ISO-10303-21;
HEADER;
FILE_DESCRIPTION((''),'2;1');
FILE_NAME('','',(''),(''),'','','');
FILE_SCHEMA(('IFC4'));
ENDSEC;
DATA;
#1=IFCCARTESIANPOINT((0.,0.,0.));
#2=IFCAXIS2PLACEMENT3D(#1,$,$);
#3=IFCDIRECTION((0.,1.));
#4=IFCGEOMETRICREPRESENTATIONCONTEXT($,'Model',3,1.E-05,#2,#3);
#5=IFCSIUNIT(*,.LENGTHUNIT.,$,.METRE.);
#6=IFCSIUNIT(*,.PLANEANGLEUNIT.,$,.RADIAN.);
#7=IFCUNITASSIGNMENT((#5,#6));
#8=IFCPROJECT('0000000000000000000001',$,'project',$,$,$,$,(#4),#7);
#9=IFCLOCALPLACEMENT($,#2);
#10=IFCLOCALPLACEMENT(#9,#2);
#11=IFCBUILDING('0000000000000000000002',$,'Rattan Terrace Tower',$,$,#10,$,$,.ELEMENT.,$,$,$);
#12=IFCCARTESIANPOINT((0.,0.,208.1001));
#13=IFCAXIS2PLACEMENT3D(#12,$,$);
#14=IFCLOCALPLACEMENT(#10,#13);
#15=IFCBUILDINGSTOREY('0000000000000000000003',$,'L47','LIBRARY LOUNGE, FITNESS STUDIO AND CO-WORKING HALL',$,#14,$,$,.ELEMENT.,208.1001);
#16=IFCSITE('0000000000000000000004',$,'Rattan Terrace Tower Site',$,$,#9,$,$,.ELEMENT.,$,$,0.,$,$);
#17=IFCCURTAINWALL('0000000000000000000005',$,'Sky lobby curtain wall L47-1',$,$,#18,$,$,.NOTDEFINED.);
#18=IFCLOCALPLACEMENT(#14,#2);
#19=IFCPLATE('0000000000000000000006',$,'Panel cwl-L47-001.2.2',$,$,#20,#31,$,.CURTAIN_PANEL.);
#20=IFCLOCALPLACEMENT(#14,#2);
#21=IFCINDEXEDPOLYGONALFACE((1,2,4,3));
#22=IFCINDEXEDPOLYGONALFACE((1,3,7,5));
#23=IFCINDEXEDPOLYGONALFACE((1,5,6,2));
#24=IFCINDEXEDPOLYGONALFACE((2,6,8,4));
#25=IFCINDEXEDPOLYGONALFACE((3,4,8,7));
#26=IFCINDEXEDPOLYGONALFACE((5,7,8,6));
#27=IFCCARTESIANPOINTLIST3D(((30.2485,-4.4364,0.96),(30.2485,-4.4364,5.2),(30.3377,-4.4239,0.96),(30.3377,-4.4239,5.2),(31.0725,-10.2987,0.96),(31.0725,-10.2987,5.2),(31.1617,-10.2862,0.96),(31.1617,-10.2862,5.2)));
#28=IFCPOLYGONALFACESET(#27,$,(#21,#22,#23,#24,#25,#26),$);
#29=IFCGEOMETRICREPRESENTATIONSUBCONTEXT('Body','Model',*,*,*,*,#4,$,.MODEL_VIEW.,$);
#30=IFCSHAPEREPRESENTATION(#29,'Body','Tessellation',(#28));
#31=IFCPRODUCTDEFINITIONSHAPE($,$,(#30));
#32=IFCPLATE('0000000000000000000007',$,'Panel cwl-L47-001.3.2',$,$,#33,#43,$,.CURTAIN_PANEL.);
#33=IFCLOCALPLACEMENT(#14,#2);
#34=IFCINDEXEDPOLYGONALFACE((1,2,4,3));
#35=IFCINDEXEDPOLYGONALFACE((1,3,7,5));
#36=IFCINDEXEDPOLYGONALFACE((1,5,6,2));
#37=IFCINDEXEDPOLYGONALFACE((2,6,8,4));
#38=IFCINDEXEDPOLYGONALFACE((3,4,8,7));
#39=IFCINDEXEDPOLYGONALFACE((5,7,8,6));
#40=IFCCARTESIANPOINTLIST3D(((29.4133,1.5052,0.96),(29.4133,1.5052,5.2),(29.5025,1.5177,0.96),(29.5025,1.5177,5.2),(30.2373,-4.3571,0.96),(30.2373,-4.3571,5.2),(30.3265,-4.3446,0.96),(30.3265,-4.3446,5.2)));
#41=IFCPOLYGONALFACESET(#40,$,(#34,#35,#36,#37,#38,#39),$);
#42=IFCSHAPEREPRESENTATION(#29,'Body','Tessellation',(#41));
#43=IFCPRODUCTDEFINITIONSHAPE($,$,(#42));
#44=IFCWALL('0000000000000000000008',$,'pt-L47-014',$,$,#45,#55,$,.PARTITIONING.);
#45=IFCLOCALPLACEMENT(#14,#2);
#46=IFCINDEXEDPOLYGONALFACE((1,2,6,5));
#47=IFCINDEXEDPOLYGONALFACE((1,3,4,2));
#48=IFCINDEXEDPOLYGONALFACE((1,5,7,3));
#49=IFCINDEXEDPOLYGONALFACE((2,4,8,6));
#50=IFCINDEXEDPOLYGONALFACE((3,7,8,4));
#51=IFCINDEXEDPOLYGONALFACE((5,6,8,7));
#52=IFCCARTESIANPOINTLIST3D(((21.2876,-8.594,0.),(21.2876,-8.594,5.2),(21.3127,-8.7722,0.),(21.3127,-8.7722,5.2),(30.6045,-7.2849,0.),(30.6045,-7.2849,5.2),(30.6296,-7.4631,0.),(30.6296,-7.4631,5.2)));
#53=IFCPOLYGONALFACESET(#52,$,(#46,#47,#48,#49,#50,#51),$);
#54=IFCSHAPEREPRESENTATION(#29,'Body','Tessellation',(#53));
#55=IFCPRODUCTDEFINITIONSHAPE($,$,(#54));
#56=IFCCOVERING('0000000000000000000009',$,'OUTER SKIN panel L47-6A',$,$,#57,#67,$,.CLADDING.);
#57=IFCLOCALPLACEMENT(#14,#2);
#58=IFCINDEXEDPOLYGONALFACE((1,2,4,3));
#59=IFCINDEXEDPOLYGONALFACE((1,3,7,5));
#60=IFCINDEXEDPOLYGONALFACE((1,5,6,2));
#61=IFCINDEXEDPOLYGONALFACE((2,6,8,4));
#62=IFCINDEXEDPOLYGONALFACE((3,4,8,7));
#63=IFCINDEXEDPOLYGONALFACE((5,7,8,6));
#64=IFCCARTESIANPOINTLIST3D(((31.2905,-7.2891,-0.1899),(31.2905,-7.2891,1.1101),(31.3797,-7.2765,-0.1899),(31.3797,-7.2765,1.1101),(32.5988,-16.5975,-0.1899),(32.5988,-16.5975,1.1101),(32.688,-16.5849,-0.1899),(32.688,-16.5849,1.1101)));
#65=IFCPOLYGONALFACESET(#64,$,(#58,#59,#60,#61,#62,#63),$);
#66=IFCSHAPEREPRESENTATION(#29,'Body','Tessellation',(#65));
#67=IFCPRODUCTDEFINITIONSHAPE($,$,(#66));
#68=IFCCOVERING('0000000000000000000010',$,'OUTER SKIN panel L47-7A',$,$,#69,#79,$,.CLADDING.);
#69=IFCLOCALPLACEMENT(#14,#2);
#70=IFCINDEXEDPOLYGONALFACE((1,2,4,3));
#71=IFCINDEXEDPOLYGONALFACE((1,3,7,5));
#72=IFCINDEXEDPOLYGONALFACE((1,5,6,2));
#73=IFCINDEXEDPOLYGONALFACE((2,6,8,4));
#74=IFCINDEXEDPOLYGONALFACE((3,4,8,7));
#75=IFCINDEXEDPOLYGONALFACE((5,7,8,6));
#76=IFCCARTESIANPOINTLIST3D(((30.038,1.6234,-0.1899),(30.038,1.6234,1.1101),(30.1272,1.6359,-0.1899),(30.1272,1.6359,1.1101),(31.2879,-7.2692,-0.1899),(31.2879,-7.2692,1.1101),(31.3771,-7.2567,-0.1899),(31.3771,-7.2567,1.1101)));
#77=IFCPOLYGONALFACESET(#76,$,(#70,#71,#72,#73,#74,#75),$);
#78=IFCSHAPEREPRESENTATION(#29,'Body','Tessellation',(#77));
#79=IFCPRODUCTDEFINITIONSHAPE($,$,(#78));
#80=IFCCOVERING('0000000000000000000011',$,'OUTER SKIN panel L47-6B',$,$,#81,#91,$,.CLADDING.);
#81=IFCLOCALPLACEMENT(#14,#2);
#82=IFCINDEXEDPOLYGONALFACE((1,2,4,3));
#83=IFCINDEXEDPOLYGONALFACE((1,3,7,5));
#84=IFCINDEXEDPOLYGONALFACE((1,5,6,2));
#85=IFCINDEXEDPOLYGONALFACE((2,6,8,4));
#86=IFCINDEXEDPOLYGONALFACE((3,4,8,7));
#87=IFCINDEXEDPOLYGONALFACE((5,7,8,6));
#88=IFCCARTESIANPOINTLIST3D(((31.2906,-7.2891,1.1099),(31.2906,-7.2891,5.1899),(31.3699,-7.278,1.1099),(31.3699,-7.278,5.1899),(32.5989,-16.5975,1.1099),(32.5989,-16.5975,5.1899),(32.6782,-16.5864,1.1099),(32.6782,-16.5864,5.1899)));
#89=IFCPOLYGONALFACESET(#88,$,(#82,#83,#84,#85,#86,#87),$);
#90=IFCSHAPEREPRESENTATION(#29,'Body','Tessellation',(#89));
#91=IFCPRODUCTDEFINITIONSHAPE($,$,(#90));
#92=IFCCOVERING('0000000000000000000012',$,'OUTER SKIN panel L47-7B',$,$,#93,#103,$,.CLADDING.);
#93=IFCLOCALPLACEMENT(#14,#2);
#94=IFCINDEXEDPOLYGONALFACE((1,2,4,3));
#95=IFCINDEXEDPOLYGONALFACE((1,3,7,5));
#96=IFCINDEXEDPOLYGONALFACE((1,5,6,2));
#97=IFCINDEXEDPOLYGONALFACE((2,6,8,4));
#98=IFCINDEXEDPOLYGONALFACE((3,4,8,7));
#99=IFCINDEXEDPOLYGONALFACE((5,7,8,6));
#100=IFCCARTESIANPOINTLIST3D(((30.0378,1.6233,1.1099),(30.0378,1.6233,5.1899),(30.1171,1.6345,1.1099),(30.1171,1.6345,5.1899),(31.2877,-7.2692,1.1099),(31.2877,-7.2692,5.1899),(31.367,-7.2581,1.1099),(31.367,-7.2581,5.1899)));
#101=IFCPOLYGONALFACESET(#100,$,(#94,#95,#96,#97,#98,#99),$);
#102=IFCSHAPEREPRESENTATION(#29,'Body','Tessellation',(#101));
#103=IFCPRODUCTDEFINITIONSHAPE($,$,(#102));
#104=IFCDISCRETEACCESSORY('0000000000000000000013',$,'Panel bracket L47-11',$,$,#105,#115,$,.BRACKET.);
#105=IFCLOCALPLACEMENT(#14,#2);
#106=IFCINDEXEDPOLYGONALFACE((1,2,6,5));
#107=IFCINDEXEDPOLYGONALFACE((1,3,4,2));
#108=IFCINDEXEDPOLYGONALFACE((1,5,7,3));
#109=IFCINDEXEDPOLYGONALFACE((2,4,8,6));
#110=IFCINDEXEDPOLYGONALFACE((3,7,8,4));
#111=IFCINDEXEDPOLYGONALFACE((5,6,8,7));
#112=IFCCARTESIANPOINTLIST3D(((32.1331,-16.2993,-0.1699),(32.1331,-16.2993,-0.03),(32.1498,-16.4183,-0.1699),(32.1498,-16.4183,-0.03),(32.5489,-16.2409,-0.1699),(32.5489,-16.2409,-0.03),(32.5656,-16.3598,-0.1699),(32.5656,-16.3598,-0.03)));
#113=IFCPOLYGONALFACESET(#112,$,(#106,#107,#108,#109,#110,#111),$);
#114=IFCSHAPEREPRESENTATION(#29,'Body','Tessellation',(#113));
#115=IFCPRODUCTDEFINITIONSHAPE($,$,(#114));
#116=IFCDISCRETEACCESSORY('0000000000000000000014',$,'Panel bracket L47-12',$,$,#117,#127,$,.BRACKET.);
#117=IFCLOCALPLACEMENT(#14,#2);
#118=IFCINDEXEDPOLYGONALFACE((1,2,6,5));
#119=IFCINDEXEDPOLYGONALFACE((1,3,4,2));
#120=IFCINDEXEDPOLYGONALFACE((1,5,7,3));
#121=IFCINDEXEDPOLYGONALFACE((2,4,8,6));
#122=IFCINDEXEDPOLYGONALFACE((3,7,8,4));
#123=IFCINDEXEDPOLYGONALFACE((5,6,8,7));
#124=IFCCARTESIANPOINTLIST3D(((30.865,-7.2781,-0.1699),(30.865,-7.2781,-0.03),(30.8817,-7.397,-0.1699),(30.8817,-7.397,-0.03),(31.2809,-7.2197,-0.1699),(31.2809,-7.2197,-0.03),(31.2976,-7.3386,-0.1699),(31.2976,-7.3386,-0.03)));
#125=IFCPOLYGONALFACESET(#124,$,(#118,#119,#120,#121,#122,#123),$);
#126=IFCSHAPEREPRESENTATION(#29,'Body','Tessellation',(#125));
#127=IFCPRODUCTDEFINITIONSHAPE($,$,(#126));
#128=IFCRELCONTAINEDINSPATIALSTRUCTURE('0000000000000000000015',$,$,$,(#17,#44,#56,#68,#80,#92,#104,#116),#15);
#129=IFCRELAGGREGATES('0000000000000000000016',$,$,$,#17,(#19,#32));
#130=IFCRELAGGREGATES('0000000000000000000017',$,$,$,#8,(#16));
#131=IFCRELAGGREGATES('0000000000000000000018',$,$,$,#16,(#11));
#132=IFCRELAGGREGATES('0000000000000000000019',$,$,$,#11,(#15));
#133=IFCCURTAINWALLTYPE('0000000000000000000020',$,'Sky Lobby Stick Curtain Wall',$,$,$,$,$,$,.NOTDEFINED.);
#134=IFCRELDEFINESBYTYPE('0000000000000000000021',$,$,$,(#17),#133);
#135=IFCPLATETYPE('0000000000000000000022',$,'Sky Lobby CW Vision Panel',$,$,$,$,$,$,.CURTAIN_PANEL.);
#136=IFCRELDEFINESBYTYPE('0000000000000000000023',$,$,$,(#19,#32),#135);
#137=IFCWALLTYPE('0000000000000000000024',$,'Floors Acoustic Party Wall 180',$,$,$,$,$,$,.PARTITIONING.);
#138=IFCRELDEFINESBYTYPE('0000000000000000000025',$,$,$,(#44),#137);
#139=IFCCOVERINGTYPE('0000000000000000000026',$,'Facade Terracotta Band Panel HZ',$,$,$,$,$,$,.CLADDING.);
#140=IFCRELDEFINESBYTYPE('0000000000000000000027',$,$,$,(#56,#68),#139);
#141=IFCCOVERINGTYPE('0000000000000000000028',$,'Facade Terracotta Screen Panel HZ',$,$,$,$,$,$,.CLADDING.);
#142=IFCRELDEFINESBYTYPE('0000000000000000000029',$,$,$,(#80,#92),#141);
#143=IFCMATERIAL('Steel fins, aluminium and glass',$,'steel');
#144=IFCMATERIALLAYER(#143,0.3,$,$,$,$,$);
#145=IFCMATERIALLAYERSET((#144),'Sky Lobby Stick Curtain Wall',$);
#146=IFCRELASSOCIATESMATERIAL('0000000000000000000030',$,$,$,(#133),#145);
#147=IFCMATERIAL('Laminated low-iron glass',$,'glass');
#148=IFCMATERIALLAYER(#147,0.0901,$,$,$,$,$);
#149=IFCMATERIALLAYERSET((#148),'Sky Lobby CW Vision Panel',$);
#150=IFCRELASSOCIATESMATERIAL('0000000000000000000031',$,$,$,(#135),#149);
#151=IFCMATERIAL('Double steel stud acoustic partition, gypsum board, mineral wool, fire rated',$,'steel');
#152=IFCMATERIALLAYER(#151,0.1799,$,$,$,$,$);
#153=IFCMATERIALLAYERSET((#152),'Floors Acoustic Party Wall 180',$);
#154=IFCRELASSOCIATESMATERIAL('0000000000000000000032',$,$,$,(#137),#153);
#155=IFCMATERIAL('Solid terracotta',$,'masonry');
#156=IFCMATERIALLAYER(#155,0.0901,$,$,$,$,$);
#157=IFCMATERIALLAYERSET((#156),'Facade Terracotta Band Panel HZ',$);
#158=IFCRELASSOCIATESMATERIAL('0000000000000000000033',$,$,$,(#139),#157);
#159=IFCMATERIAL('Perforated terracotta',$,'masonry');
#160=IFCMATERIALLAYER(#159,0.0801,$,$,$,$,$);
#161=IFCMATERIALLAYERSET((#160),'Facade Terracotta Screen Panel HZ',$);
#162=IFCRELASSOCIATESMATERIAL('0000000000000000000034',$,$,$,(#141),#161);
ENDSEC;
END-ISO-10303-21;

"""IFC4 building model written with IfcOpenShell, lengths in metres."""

from ifc_helpers import new_model, si_unit, direction, frame, frame_2d, origin, origin_2d, place, context, subcontext, project, spatial, rectangle, extrude, material, layer, layer_set, type_object, element, aggregate, save


model = new_model("IFC4")

# Units and contexts
model_context = context("Model", 3, precision=1e-05, world=origin(), true_north=direction((0.0, 1.0)))
body_context = subcontext(model_context, "Body", "Model", "MODEL_VIEW")
ifc_project = project(units=[si_unit("LENGTHUNIT", "METRE"), si_unit("PLANEANGLEUNIT", "RADIAN")], contexts=[model_context])

# Site, building, storey
site_placement = place(None, origin())
site = spatial("IfcSite", under=ifc_project, at=site_placement, Name="Rattan Terrace Tower Site", CompositionType="ELEMENT", RefElevation=0.0)
building_placement = place(site_placement, origin())
building = spatial("IfcBuilding", under=site, at=building_placement, Name="Rattan Terrace Tower", CompositionType="ELEMENT")
storey_placement = place(building_placement, frame((0.0, 0.0, 208.1001)))
storey = spatial("IfcBuildingStorey", under=building, at=storey_placement, Name="L47", Description="LIBRARY LOUNGE, FITNESS STUDIO AND CO-WORKING HALL", CompositionType="ELEMENT", Elevation=208.1001)

# Curtain wall, plates
ifc_material_1 = material(Name="Steel fins, aluminium and glass", Category="steel")
ifc_layer_1 = layer(ifc_material_1, 0.3)
ifc_layer_set_1 = layer_set([ifc_layer_1], Name="Sky Lobby Stick Curtain Wall")
curtain_wall_type = type_object("IfcCurtainWallType", Name="Sky Lobby Stick Curtain Wall", PredefinedType="NOTDEFINED", material=ifc_layer_set_1)
curtain_wall_placement = place(storey_placement, origin())
curtain_wall = element("IfcCurtainWall", 1, at=curtain_wall_placement, inside=storey, type_object=curtain_wall_type, Name="Sky lobby curtain wall L47-1", PredefinedType="NOTDEFINED")
ifc_material_2 = material(Name="Laminated low-iron glass", Category="glass")
ifc_layer_2 = layer(ifc_material_2, 0.0901)
ifc_layer_set_2 = layer_set([ifc_layer_2], Name="Sky Lobby CW Vision Panel")
plate_type_1 = type_object("IfcPlateType", Name="Sky Lobby CW Vision Panel", PredefinedType="CURTAIN_PANEL", material=ifc_layer_set_2)
plate_1_placement = place(storey_placement, frame((30.7051, -7.3613, 0.96), z_axis=(0.0, 0.0, 1.0), x_axis=(-0.139186, 0.990266, 0.0)))
plate_1 = element("IfcPlate", 2, at=plate_1_placement, type_object=plate_type_1, Name="Panel cwl-L47-001.2.2", PredefinedType="CURTAIN_PANEL", context=body_context, shape_type="SweptSolid", body=[
    extrude(rectangle(XDim=5.9199, YDim=0.0901, at=origin_2d()), origin(), (0.0, 0.0, 1.0), 4.24),
])
plate_2_placement = place(storey_placement, frame((29.8699, -1.4197, 0.96), z_axis=(0.0, 0.0, 1.0), x_axis=(-0.139186, 0.990266, 0.0)))
plate_2 = element("IfcPlate", 3, at=plate_2_placement, type_object=plate_type_1, Name="Panel cwl-L47-001.3.2", PredefinedType="CURTAIN_PANEL", context=body_context, shape_type="SweptSolid", body=[
    extrude(rectangle(XDim=5.9199, YDim=0.0901, at=origin_2d()), origin(), (0.0, 0.0, 1.0), 4.24),
])
aggregate(curtain_wall, [plate_1, plate_2])

# Wall
ifc_material_3 = material(Name="Double steel stud acoustic partition, gypsum board, mineral wool, fire rated", Category="steel")
ifc_layer_3 = layer(ifc_material_3, 0.1799)
ifc_layer_set_3 = layer_set([ifc_layer_3], Name="Floors Acoustic Party Wall 180")
wall_type = type_object("IfcWallType", Name="Floors Acoustic Party Wall 180", PredefinedType="PARTITIONING", material=ifc_layer_set_3)
wall_placement = place(storey_placement, frame((30.6169, -7.374, 0.0), z_axis=(0.0, 0.0, 1.0), x_axis=(-0.990273, -0.13914, 0.0)))
element("IfcWall", 4, at=wall_placement, inside=storey, type_object=wall_type, Name="pt-L47-014", PredefinedType="PARTITIONING", context=body_context, shape_type="SweptSolid", body=[
    extrude(rectangle(XDim=9.4084, YDim=0.1799, at=frame_2d((4.7041, 0.0))), origin(), (0.0, 0.0, 1.0), 5.2),
])

# Coverings
ifc_material_4 = material(Name="Solid terracotta", Category="masonry")
ifc_layer_4 = layer(ifc_material_4, 0.0901)
ifc_layer_set_4 = layer_set([ifc_layer_4], Name="Facade Terracotta Band Panel HZ")
covering_type_1 = type_object("IfcCoveringType", Name="Facade Terracotta Band Panel HZ", PredefinedType="CLADDING", material=ifc_layer_set_4)
covering_1_placement = place(storey_placement, frame((31.9893, -11.937, -0.1899), z_axis=(0.0, 0.0, 1.0), x_axis=(-0.139186, 0.990266, 0.0)))
element("IfcCovering", 5, at=covering_1_placement, inside=storey, type_object=covering_type_1, Name="OUTER SKIN panel L47-6A", PredefinedType="CLADDING", context=body_context, shape_type="SweptSolid", body=[
    extrude(rectangle(XDim=9.3999, YDim=0.0901, at=origin_2d()), origin(), (0.0, 0.0, 1.0), 1.3),
])
covering_2_placement = place(storey_placement, frame((30.7075, -2.8167, -0.1899), z_axis=(0.0, 0.0, 1.0), x_axis=(-0.139186, 0.990266, 0.0)))
element("IfcCovering", 6, at=covering_2_placement, inside=storey, type_object=covering_type_1, Name="OUTER SKIN panel L47-7A", PredefinedType="CLADDING", context=body_context, shape_type="SweptSolid", body=[
    extrude(rectangle(XDim=8.98, YDim=0.0901, at=origin_2d()), origin(), (0.0, 0.0, 1.0), 1.3),
])
ifc_material_5 = material(Name="Perforated terracotta", Category="masonry")
ifc_layer_5 = layer(ifc_material_5, 0.0801)
ifc_layer_set_5 = layer_set([ifc_layer_5], Name="Facade Terracotta Screen Panel HZ")
covering_type_2 = type_object("IfcCoveringType", Name="Facade Terracotta Screen Panel HZ", PredefinedType="CLADDING", material=ifc_layer_set_5)
covering_3_placement = place(storey_placement, frame((31.9844, -11.9377, 1.1099), z_axis=(0.0, 0.0, 1.0), x_axis=(-0.139186, 0.990266, 0.0)))
element("IfcCovering", 7, at=covering_3_placement, inside=storey, type_object=covering_type_2, Name="OUTER SKIN panel L47-6B", PredefinedType="CLADDING", context=body_context, shape_type="SweptSolid", body=[
    extrude(rectangle(XDim=9.3999, YDim=0.0801, at=origin_2d()), origin(), (0.0, 0.0, 1.0), 4.0801),
])
covering_4_placement = place(storey_placement, frame((30.7024, -2.8174, 1.1099), z_axis=(0.0, 0.0, 1.0), x_axis=(-0.139186, 0.990266, 0.0)))
element("IfcCovering", 8, at=covering_4_placement, inside=storey, type_object=covering_type_2, Name="OUTER SKIN panel L47-7B", PredefinedType="CLADDING", context=body_context, shape_type="SweptSolid", body=[
    extrude(rectangle(XDim=8.98, YDim=0.0801, at=origin_2d()), origin(), (0.0, 0.0, 1.0), 4.0801),
])

# Discrete accessories
for number, where, z_axis, x_axis, name in (
    (9, (32.3494, -16.3296, -0.1699), (0.0, 0.0, 1.0), (-0.139186, 0.990266, 0.0), "Panel bracket L47-11"),
    (10, (31.0813, -7.3083, -0.1699), (0.0, 0.0, 1.0), (-0.139186, 0.990266, 0.0), "Panel bracket L47-12"),
):
    element("IfcDiscreteAccessory", number, at=place(storey_placement, frame(where, z_axis=z_axis, x_axis=x_axis)), inside=storey, Name=name, PredefinedType="BRACKET", context=body_context, shape_type="SweptSolid", body=[
        extrude(rectangle(XDim=0.1201, YDim=0.4199, at=origin_2d()), origin(), (0.0, 0.0, 1.0), 0.1399),
    ])

save(model, "model.ifc")
